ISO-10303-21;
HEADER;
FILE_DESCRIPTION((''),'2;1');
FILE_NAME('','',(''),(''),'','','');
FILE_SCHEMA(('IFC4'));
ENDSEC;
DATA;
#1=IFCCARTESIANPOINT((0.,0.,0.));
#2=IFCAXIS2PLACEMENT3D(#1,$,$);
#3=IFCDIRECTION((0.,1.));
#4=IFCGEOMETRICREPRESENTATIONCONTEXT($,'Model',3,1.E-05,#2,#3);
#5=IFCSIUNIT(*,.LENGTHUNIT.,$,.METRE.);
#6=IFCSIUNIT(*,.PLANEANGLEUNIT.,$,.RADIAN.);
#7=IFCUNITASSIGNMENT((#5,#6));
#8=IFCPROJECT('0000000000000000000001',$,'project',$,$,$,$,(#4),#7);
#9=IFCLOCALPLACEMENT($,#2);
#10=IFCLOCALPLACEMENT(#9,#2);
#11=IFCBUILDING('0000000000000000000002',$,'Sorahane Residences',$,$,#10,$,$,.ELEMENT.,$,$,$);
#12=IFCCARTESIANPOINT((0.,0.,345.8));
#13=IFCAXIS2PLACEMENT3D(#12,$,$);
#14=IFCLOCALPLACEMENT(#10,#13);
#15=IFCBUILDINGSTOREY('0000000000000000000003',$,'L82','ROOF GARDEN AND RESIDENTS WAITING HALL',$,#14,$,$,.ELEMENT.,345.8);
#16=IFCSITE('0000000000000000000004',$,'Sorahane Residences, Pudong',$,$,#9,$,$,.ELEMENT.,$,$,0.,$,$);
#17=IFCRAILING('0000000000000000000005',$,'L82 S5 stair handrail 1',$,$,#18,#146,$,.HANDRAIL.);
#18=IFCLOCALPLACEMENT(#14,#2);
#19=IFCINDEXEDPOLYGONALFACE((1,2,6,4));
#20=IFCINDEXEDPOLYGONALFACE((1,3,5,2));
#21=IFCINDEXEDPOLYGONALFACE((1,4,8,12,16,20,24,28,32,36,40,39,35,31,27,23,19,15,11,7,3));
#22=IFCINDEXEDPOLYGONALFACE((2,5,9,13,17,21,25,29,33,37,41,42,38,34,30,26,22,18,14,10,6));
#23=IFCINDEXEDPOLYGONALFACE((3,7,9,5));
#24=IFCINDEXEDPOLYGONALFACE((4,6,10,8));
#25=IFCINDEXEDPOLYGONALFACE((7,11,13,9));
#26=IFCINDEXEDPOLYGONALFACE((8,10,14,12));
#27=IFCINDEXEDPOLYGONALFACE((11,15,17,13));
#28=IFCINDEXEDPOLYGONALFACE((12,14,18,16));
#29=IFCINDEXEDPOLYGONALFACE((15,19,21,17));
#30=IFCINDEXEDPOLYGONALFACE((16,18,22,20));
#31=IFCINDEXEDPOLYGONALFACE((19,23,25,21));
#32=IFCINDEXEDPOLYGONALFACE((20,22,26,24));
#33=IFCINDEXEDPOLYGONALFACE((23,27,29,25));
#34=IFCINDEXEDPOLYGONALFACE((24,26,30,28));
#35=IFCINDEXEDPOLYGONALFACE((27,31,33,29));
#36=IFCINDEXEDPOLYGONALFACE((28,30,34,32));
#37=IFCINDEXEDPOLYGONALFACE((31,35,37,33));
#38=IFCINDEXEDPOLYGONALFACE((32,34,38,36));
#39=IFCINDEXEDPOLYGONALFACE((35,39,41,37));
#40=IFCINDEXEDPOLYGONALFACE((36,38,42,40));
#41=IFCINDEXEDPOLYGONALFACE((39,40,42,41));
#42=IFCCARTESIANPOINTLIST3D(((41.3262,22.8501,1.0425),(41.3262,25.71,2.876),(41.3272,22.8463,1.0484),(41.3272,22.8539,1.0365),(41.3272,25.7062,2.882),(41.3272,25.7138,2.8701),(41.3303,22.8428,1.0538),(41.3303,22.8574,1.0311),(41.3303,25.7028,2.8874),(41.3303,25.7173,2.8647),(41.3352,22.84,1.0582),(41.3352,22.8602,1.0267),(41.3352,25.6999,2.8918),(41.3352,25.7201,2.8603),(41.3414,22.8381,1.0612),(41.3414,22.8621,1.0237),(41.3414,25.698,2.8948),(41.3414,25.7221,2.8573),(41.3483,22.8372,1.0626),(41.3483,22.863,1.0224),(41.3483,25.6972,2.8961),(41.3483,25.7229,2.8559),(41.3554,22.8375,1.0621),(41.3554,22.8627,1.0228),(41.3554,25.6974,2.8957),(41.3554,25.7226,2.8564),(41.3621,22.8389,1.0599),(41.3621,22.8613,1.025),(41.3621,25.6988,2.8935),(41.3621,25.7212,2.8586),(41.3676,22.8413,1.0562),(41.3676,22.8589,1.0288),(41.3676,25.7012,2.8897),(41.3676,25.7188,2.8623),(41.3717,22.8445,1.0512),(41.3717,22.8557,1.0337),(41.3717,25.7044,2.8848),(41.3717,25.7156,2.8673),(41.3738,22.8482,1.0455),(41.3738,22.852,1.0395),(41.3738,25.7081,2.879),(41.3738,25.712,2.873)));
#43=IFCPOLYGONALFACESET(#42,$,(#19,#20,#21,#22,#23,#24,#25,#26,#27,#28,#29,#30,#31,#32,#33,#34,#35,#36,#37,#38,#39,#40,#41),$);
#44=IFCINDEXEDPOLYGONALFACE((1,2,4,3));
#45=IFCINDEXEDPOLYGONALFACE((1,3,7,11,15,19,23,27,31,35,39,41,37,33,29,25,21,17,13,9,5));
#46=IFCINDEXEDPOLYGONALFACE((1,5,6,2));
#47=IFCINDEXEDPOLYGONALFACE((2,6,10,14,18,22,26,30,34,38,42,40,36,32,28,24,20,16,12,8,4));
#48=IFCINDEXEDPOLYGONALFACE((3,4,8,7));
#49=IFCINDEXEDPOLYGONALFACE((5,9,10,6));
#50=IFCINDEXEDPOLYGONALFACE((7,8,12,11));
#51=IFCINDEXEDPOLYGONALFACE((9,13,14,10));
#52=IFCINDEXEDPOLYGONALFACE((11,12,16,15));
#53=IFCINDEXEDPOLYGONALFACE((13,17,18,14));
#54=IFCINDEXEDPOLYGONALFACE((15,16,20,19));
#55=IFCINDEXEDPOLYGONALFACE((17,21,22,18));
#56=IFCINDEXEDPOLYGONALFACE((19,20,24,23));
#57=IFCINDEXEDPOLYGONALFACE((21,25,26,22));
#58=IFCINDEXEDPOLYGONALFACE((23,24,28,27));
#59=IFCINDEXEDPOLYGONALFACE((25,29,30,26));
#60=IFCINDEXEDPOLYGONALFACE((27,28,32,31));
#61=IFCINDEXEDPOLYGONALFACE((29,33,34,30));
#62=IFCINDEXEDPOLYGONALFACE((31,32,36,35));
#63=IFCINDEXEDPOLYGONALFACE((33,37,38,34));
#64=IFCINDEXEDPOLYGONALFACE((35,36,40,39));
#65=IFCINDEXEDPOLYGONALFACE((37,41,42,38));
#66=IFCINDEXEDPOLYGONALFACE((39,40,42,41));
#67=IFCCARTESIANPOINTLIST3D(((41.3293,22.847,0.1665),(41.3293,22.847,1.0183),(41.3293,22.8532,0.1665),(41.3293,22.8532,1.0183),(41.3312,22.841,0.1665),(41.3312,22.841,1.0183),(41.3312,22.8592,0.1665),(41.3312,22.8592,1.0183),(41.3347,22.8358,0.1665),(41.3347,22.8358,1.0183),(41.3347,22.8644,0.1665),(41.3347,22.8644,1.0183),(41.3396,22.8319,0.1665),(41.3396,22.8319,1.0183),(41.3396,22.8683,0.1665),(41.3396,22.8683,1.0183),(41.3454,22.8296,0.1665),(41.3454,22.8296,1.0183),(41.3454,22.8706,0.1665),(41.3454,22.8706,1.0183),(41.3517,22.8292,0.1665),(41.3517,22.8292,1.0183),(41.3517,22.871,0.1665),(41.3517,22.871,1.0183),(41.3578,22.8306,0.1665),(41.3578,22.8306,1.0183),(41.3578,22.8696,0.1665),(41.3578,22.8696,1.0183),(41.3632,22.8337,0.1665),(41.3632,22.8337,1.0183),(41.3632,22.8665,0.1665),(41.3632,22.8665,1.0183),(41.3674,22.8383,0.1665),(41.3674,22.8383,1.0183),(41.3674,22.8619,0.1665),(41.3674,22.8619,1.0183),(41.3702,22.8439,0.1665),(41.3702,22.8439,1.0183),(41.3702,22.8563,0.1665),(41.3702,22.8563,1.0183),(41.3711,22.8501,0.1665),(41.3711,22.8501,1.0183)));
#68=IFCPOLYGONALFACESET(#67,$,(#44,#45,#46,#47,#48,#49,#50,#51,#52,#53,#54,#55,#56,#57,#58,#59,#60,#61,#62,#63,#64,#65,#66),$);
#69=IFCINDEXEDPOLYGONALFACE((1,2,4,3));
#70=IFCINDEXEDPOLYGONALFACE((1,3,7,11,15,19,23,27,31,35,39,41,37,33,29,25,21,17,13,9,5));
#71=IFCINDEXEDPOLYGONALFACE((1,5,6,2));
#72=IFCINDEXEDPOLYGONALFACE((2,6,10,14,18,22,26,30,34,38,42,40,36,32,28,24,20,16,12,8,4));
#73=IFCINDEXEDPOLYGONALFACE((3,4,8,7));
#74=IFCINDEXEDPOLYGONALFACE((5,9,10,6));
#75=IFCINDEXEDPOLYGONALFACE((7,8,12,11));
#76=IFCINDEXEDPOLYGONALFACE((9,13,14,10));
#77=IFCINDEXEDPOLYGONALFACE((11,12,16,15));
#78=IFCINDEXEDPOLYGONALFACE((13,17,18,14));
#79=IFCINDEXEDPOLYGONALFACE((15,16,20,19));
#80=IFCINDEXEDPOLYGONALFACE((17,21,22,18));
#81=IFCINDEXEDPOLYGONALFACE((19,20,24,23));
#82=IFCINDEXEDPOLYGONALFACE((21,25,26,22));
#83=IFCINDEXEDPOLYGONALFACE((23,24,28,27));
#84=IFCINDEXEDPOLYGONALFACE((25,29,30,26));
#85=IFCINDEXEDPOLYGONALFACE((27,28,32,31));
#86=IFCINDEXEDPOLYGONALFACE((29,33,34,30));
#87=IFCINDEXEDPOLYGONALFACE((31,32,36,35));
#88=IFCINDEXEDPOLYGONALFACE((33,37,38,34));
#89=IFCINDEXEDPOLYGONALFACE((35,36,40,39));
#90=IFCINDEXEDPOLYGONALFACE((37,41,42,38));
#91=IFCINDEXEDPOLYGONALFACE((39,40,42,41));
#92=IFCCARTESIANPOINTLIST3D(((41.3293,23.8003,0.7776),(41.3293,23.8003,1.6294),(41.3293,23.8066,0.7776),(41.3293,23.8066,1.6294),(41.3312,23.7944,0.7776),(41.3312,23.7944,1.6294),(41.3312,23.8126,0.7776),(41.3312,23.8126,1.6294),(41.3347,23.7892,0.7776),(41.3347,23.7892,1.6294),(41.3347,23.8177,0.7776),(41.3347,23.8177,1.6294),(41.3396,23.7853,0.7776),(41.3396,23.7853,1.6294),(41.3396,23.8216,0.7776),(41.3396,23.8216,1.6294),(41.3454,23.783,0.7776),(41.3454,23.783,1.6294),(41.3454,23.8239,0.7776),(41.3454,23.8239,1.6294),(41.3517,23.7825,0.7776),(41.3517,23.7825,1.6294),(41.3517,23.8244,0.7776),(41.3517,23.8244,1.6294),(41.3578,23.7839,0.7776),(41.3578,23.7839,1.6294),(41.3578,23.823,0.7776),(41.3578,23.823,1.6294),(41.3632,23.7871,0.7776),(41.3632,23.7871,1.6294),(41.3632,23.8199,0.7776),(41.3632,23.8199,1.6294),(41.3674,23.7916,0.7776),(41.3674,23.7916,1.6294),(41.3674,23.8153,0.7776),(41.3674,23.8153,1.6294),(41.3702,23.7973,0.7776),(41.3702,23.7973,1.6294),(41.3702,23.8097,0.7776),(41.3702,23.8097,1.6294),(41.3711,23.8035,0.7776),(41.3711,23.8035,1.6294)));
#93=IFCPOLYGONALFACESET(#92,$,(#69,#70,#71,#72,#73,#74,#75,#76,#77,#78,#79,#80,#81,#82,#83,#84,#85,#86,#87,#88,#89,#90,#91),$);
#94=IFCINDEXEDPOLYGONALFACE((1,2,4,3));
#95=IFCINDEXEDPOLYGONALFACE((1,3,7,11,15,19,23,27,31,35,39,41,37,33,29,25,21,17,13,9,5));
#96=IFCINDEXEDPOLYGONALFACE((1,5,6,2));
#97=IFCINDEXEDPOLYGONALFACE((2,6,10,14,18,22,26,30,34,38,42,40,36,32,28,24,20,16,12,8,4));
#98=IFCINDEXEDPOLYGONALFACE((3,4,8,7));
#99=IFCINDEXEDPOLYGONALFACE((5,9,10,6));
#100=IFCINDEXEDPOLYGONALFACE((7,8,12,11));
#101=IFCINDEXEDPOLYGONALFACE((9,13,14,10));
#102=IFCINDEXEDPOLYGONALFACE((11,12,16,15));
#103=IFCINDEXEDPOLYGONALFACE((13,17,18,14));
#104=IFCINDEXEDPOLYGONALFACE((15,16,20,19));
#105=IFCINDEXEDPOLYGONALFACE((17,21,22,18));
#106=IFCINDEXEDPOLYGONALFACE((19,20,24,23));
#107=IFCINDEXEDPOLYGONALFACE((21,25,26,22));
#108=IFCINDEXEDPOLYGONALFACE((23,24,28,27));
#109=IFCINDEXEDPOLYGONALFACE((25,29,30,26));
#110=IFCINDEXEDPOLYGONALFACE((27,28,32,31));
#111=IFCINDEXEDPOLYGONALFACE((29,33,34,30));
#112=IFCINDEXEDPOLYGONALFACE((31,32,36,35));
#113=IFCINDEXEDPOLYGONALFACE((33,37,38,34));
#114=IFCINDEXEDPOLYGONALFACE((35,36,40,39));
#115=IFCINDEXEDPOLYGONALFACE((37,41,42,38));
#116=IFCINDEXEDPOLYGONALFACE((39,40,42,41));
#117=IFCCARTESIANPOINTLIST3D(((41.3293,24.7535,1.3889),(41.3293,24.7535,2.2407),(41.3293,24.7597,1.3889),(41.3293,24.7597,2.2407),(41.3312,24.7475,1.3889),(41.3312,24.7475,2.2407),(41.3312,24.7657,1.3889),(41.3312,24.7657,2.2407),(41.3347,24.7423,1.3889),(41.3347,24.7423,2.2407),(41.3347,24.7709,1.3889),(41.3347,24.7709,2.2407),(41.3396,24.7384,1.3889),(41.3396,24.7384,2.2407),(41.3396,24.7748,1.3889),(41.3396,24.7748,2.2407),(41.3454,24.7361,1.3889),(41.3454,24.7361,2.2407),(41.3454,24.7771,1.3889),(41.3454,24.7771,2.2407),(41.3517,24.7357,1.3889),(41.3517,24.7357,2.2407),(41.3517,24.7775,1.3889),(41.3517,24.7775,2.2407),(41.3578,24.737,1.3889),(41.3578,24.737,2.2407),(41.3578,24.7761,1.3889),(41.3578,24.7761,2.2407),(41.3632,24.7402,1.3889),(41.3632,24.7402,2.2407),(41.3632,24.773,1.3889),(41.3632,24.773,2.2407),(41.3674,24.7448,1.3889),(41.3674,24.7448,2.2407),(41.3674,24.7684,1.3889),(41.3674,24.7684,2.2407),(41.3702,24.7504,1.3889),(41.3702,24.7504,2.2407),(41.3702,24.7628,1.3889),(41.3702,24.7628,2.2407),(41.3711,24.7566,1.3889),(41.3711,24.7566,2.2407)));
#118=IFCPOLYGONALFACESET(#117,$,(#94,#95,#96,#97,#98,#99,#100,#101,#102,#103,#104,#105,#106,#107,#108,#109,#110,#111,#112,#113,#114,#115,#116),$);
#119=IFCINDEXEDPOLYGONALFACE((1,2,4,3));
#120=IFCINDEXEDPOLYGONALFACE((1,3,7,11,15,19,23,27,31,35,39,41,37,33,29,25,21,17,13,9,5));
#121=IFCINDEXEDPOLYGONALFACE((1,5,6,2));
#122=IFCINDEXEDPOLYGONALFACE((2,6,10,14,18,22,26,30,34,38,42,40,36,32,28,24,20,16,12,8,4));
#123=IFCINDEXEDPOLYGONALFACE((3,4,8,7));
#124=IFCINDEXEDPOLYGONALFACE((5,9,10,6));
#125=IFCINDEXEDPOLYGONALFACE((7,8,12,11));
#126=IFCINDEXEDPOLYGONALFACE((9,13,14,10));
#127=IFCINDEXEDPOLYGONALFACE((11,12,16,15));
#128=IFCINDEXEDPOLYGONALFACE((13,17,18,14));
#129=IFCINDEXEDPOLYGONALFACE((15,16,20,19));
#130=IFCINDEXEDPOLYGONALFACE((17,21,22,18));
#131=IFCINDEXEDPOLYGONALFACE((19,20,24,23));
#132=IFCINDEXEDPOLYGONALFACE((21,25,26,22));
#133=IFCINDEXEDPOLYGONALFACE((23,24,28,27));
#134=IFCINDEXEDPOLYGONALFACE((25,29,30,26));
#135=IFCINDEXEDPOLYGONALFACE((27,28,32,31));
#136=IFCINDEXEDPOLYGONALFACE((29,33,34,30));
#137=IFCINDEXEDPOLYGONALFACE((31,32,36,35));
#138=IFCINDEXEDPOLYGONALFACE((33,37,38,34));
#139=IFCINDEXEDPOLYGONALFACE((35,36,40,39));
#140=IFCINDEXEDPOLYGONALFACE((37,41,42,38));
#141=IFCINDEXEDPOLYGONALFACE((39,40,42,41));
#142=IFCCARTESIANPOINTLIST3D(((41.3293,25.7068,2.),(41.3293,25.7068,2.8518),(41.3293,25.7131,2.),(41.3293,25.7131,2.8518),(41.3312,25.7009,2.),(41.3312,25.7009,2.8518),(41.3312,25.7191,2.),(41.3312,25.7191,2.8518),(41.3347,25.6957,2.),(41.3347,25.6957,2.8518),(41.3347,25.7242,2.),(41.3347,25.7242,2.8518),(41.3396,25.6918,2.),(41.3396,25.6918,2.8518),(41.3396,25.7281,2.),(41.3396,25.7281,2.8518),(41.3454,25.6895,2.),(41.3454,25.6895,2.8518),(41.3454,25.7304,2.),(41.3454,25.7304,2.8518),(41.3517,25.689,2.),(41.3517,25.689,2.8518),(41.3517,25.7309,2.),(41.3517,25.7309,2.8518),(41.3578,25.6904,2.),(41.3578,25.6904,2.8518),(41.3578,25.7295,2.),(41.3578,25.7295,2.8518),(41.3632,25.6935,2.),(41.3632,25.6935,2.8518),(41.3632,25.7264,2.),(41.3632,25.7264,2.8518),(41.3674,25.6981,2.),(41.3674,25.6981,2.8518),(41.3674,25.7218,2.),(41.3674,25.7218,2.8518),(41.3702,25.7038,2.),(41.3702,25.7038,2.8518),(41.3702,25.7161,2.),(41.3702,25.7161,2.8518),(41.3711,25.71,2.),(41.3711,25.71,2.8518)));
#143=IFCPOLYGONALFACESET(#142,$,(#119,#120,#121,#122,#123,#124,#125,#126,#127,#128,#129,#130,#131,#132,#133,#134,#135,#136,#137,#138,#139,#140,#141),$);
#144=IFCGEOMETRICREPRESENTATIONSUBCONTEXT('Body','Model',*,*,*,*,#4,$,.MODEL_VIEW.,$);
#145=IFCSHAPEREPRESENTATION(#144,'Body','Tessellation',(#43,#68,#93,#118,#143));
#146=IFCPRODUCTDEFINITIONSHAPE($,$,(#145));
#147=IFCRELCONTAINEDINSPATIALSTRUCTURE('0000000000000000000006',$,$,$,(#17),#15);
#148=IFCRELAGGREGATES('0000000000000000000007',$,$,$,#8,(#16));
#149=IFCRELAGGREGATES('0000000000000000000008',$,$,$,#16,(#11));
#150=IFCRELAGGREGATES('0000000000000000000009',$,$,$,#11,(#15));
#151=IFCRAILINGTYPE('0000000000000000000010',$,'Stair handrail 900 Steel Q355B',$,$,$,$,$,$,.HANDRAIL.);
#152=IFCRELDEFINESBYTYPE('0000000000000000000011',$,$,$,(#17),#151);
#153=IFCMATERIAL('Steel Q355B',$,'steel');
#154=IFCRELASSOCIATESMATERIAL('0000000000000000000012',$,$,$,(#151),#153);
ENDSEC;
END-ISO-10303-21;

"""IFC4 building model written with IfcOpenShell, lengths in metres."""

from ifc_helpers import new_model, si_unit, direction, frame, origin, origin_2d, place, context, subcontext, project, spatial, circle, extrude, material, type_object, element, save


model = new_model("IFC4")

# Units and contexts
model_context = context("Model", 3, precision=1e-05, world=origin(), true_north=direction((0.0, 1.0)))
body_context = subcontext(model_context, "Body", "Model", "MODEL_VIEW")
ifc_project = project(units=[si_unit("LENGTHUNIT", "METRE"), si_unit("PLANEANGLEUNIT", "RADIAN")], contexts=[model_context])

# Site, building, storey
site_placement = place(None, origin())
site = spatial("IfcSite", under=ifc_project, at=site_placement, Name="Sorahane Residences, Pudong", CompositionType="ELEMENT", RefElevation=0.0)
building_placement = place(site_placement, origin())
building = spatial("IfcBuilding", under=site, at=building_placement, Name="Sorahane Residences", CompositionType="ELEMENT")
storey_placement = place(building_placement, frame((0.0, 0.0, 345.8)))
storey = spatial("IfcBuildingStorey", under=building, at=storey_placement, Name="L82", Description="ROOF GARDEN AND RESIDENTS WAITING HALL", CompositionType="ELEMENT", Elevation=345.8)

# Railing
ifc_material_1 = material(Name="Steel Q355B", Category="steel")
railing_type_1 = type_object("IfcRailingType", Name="Stair handrail 900 Steel Q355B", PredefinedType="HANDRAIL", material=ifc_material_1)
railing_1_placement = place(storey_placement, frame((41.3501, 22.8501, 0.1665)))
element("IfcRailing", 1, at=railing_1_placement, inside=storey, type_object=railing_type_1, Name="L82 S5 stair handrail 1", PredefinedType="HANDRAIL", context=body_context, shape_type="SweptSolid", body=[
    extrude(circle(Radius=0.0239, at=origin_2d()), frame((0.0, 0.0, 0.876), z_axis=(0.0, 0.841846, 0.539718), x_axis=(-1.0, 0.0, 0.0)), (0.0, 0.0, 1.0), 3.3972),
    extrude(circle(Radius=0.021, at=origin_2d()), origin(), (0.0, 0.0, 1.0), 0.8518),
    extrude(circle(Radius=0.021, at=origin_2d()), frame((0.0, 0.9534, 0.6111)), (0.0, 0.0, 1.0), 0.8518),
    extrude(circle(Radius=0.021, at=origin_2d()), frame((0.0, 1.9065, 1.2224)), (0.0, 0.0, 1.0), 0.8518),
    extrude(circle(Radius=0.021, at=origin_2d()), frame((0.0, 2.8599, 1.8335)), (0.0, 0.0, 1.0), 0.8518),
])

save(model, "model.ifc")
